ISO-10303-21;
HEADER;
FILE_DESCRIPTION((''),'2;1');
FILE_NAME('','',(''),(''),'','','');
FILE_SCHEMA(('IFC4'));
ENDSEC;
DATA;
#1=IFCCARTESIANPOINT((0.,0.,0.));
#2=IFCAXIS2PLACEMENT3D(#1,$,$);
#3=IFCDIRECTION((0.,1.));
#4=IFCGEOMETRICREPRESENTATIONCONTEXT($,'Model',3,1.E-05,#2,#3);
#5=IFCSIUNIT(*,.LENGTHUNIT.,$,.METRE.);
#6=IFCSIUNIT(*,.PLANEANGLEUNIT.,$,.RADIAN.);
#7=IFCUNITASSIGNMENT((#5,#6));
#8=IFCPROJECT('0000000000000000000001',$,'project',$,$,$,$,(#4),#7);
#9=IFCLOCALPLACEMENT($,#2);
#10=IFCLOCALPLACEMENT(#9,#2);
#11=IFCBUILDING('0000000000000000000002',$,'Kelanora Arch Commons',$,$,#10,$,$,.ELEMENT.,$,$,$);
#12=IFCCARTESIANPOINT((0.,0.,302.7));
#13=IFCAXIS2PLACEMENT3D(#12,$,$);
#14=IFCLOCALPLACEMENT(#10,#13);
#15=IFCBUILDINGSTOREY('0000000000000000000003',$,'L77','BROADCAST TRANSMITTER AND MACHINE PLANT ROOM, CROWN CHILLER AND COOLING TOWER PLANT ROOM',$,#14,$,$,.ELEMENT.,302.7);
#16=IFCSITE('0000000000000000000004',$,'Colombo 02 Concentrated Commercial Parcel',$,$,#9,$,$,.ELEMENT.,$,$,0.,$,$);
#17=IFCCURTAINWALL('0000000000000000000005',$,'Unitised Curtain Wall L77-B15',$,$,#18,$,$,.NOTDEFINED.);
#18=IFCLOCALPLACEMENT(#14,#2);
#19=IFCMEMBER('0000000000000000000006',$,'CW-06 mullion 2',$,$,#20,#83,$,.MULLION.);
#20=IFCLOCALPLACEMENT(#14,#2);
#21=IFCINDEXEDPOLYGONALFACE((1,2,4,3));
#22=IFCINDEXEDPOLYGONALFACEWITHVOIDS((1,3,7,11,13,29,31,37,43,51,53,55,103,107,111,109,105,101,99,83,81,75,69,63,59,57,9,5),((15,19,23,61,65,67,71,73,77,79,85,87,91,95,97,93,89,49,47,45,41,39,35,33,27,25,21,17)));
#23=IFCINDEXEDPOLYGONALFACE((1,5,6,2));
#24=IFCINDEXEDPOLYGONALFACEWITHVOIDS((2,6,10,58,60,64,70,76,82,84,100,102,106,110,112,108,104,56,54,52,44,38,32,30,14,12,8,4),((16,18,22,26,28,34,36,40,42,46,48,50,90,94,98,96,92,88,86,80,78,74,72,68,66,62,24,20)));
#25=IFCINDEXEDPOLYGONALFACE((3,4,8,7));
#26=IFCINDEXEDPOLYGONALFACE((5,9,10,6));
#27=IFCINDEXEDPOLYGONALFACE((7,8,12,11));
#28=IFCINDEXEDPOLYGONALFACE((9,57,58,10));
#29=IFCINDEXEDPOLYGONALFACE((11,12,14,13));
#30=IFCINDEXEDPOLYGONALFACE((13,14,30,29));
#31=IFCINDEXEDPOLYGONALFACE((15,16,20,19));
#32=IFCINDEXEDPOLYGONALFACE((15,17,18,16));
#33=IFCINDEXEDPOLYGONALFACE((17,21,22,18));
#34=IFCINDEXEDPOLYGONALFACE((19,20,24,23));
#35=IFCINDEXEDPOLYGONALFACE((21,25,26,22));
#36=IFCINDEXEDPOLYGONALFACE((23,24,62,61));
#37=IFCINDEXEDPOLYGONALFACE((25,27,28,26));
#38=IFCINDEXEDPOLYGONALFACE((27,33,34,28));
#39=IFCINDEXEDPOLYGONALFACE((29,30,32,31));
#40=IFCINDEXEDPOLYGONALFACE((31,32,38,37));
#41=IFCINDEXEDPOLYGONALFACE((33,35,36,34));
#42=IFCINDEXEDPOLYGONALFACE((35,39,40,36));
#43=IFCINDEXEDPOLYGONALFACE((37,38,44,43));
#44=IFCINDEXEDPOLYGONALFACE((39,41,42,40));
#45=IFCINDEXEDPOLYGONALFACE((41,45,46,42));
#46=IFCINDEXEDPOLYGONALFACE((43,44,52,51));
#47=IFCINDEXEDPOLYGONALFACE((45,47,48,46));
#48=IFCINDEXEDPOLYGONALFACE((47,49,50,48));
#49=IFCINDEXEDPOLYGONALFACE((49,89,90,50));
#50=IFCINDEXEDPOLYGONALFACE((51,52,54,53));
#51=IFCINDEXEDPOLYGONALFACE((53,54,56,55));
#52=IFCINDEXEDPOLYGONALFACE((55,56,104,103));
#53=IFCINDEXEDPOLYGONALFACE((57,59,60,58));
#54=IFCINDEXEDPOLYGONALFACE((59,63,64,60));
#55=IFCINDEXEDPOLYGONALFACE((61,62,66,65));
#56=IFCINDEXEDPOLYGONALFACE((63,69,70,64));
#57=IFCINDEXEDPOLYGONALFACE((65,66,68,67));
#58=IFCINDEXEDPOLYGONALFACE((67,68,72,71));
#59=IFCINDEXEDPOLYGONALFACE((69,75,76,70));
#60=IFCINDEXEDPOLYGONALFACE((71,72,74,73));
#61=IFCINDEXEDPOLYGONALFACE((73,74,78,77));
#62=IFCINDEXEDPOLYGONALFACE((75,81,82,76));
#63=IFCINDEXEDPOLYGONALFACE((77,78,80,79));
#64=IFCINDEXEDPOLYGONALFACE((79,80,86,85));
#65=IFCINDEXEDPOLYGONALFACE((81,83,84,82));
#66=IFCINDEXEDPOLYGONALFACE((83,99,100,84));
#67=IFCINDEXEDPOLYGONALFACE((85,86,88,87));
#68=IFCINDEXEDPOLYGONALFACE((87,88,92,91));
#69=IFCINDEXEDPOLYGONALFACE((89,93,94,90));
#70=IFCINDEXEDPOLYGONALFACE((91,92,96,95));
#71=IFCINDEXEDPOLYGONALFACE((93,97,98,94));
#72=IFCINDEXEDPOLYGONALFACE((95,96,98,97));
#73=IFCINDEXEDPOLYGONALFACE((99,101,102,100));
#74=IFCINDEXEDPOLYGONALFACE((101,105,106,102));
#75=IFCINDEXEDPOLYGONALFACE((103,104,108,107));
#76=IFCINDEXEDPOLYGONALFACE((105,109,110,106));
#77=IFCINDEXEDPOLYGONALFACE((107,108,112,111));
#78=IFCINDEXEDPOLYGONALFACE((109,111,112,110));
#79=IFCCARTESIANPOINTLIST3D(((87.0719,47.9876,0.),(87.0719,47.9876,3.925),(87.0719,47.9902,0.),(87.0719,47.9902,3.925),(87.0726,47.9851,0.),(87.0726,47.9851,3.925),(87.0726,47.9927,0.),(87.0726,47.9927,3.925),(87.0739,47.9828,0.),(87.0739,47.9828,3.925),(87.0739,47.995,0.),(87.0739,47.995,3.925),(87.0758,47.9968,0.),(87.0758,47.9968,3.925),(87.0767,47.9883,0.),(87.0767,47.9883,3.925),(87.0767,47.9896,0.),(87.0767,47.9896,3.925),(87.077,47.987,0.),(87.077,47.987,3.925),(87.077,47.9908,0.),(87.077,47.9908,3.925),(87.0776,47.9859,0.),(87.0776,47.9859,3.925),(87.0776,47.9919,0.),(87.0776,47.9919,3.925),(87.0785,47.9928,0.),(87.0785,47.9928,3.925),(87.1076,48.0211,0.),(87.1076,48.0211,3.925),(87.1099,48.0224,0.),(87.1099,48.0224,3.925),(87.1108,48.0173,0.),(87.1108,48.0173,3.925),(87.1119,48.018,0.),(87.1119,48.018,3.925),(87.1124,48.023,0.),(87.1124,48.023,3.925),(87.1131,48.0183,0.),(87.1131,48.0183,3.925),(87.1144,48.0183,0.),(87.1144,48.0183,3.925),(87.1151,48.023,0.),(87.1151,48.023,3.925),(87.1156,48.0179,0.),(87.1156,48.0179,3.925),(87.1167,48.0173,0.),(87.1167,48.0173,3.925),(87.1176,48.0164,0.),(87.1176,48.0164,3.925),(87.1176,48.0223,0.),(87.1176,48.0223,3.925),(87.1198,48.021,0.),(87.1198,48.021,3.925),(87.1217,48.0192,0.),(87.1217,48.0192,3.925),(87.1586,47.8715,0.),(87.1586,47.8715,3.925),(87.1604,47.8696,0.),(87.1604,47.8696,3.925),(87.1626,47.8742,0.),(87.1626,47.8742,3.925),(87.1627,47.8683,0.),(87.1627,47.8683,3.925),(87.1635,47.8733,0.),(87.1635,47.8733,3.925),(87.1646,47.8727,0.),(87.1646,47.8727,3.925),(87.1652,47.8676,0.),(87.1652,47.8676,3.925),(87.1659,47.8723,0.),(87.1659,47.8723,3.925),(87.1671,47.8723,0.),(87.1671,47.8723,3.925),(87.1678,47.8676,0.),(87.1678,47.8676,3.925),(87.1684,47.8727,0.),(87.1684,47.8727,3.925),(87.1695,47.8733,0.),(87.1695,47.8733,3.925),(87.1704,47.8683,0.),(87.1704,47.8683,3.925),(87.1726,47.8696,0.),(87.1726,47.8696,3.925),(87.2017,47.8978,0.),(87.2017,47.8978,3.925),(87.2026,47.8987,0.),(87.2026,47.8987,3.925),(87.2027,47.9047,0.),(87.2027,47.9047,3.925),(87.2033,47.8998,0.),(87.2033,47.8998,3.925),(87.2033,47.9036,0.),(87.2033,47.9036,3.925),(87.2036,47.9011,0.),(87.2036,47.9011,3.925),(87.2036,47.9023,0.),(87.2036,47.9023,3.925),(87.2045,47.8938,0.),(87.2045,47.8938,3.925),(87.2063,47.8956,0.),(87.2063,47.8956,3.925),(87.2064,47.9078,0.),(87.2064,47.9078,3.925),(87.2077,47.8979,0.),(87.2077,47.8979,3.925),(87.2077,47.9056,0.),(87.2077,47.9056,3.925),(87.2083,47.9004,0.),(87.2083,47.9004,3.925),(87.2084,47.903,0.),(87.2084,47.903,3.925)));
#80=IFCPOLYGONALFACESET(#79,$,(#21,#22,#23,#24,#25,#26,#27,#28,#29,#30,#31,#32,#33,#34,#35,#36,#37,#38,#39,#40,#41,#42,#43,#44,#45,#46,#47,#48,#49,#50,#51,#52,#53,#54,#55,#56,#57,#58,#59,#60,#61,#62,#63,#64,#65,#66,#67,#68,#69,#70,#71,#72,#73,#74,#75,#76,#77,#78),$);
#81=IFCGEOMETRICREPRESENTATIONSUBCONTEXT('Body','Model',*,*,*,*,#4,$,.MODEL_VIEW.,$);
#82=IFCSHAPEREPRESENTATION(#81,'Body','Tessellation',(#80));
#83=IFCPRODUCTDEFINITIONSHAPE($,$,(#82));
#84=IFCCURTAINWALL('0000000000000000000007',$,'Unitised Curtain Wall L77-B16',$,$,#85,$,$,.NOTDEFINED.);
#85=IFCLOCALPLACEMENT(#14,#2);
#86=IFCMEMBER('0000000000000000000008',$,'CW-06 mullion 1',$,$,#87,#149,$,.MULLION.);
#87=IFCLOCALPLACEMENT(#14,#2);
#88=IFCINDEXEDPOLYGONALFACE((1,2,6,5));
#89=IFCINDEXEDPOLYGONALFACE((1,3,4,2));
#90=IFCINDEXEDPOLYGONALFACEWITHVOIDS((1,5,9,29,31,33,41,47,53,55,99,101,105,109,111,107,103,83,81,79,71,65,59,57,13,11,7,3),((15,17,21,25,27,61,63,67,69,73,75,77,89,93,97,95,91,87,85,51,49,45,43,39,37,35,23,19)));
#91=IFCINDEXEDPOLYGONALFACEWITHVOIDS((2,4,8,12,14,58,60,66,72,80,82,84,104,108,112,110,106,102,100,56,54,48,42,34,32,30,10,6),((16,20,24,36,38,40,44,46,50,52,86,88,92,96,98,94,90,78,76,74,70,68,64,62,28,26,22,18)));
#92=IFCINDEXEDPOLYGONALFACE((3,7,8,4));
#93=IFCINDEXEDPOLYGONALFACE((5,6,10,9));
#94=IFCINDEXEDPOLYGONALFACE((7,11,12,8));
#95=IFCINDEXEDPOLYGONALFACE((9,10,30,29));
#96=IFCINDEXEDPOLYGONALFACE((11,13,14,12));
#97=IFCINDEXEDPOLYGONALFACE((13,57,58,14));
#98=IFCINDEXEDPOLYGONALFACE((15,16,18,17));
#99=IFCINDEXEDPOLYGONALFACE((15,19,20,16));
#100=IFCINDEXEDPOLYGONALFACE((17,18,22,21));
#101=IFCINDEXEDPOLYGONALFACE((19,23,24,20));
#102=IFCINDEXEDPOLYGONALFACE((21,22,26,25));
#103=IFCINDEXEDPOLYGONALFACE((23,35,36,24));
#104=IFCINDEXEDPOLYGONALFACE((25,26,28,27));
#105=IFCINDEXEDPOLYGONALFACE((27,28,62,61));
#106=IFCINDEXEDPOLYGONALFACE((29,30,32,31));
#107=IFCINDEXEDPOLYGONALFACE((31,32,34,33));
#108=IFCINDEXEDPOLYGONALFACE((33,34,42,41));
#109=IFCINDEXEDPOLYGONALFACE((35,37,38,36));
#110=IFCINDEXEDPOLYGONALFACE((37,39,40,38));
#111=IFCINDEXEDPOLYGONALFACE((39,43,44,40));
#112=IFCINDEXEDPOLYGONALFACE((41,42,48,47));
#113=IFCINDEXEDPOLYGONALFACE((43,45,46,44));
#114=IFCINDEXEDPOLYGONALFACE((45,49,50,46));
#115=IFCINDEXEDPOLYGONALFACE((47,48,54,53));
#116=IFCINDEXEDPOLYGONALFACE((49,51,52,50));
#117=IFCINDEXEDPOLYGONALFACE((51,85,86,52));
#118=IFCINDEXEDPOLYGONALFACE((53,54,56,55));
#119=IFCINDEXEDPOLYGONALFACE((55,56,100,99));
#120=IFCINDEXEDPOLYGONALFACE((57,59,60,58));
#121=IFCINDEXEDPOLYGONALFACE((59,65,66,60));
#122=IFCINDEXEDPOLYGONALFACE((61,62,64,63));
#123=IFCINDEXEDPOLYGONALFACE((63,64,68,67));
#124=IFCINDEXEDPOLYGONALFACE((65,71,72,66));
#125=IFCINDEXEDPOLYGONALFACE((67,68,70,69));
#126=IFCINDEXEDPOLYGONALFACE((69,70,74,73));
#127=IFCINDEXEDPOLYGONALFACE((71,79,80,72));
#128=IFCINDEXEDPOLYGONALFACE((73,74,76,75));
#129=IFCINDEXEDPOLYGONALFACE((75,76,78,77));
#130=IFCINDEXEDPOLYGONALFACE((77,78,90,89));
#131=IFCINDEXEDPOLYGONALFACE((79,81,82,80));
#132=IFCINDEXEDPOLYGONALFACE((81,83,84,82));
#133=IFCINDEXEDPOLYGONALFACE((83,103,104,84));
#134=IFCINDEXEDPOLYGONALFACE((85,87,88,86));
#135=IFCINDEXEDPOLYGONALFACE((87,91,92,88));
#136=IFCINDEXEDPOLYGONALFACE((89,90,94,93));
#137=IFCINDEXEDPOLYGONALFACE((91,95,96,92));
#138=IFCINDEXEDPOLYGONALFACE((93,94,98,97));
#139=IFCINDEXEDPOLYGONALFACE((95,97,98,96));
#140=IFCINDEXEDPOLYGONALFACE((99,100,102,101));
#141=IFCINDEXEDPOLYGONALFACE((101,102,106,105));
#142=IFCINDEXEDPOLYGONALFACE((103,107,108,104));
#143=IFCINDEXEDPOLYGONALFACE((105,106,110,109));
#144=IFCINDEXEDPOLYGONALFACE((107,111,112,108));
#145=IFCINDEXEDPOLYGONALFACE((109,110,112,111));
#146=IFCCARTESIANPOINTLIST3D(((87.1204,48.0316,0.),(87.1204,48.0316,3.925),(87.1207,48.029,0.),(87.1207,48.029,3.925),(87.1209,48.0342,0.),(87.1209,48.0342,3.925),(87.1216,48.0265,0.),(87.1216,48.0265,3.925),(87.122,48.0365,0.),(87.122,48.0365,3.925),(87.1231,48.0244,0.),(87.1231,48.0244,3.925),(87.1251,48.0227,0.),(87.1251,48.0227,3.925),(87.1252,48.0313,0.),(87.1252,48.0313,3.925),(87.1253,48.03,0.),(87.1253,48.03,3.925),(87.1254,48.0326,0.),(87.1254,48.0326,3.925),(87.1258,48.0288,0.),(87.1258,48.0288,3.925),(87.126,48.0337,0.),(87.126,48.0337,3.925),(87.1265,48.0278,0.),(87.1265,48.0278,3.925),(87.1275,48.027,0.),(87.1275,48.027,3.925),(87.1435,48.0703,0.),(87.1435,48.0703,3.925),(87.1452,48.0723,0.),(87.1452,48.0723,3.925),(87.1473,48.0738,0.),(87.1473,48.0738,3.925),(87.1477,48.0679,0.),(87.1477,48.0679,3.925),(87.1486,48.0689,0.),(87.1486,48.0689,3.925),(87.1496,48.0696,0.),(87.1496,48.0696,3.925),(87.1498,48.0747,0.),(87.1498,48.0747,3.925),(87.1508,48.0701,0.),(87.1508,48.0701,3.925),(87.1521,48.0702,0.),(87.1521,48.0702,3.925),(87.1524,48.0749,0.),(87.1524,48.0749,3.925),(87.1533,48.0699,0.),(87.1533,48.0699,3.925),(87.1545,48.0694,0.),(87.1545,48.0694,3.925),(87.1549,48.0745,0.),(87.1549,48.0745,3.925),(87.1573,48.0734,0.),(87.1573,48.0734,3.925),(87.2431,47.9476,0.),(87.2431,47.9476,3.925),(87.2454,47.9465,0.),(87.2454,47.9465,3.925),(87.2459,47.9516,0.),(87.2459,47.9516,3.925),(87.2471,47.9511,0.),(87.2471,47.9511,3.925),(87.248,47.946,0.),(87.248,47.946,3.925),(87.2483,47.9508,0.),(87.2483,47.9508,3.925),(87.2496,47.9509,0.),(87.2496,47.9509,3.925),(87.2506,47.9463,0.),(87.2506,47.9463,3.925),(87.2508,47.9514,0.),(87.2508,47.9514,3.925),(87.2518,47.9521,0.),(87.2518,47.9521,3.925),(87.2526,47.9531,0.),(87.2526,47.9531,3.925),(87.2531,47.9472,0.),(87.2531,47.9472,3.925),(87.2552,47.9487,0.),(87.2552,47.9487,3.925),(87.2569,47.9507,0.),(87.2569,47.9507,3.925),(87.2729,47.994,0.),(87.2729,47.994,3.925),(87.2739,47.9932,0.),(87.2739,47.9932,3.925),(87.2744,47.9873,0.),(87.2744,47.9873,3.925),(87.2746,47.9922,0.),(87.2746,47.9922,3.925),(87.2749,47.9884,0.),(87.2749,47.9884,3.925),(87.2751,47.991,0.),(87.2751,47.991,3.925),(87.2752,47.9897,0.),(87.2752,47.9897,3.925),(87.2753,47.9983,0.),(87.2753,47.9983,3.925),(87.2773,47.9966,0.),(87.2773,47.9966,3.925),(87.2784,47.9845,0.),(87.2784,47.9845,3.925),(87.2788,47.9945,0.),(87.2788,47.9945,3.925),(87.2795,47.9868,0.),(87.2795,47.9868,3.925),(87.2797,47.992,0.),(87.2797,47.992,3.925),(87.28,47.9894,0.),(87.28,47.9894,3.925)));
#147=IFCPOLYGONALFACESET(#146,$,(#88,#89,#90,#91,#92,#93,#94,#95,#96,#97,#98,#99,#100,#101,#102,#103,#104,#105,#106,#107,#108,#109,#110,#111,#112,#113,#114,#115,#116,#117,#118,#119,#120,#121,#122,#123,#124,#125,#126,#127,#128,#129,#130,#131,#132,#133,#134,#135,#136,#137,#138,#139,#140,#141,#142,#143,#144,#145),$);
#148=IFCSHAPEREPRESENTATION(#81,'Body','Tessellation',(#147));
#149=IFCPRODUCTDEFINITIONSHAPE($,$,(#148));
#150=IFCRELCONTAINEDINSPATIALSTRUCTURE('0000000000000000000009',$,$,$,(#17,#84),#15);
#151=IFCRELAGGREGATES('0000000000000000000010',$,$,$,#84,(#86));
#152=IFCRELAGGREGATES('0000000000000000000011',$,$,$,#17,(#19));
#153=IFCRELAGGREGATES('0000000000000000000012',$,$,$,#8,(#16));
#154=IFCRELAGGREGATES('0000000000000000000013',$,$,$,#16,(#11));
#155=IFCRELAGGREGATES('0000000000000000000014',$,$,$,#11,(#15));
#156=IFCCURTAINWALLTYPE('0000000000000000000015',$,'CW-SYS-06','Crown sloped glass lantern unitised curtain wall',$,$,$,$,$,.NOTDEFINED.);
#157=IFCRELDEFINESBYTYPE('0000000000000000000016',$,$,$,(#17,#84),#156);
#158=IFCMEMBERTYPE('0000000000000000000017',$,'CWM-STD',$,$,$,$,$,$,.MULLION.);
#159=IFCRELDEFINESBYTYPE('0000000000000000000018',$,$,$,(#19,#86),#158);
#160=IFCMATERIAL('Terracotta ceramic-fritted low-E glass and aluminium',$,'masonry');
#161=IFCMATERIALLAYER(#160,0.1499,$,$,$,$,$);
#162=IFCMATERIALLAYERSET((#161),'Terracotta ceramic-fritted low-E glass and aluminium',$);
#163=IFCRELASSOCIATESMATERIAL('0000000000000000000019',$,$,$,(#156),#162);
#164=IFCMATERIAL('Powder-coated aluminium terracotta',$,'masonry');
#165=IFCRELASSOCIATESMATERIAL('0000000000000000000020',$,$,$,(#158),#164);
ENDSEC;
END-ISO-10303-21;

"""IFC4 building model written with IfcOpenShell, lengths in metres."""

from ifc_helpers import new_model, si_unit, direction, frame, origin, origin_2d, place, context, subcontext, project, spatial, hollow_rectangle, extrude, material, layer, layer_set, material_profile, profile_set, type_object, element, aggregate, save


model = new_model("IFC4")

# Units and contexts
model_context = context("Model", 3, precision=1e-05, world=origin(), true_north=direction((0.0, 1.0)))
body_context = subcontext(model_context, "Body", "Model", "MODEL_VIEW")
ifc_project = project(units=[si_unit("LENGTHUNIT", "METRE"), si_unit("PLANEANGLEUNIT", "RADIAN")], contexts=[model_context])

# Site, building, storey
site_placement = place(None, origin())
site = spatial("IfcSite", under=ifc_project, at=site_placement, Name="Colombo 02 Concentrated Commercial Parcel", CompositionType="ELEMENT", RefElevation=0.0)
building_placement = place(site_placement, origin())
building = spatial("IfcBuilding", under=site, at=building_placement, Name="Kelanora Arch Commons", CompositionType="ELEMENT")
storey_placement = place(building_placement, frame((0.0, 0.0, 302.7)))
storey = spatial("IfcBuildingStorey", under=building, at=storey_placement, Name="L77", Description="BROADCAST TRANSMITTER AND MACHINE PLANT ROOM, CROWN CHILLER AND COOLING TOWER PLANT ROOM", CompositionType="ELEMENT", Elevation=302.7)

# Shared definitions
ifc_material_1 = material(Name="Terracotta ceramic-fritted low-E glass and aluminium", Category="masonry")
ifc_layer_1 = layer(ifc_material_1, 0.1499)
ifc_layer_set_1 = layer_set([ifc_layer_1], Name="Terracotta ceramic-fritted low-E glass and aluminium")
curtain_wall_type = type_object("IfcCurtainWallType", Name="CW-SYS-06", Description="Crown sloped glass lantern unitised curtain wall", PredefinedType="NOTDEFINED", material=ifc_layer_set_1)
ifc_material_2 = material(Name="Powder-coated aluminium terracotta", Category="masonry")
ifc_material_profile_1 = material_profile(ifc_material_2, hollow_rectangle(XDim=0.1599, YDim=0.0601, WallThickness=0.0049, InnerFilletRadius=0.0049, OuterFilletRadius=0.01, at=origin_2d()), Name="CWM160x60")
ifc_profile_set_1 = profile_set([ifc_material_profile_1], Name="Powder-coated aluminium terracotta")
member_type_1 = type_object("IfcMemberType", Name="CWM-STD", PredefinedType="MULLION", material=ifc_profile_set_1)

# Curtain wall, member
curtain_wall_1_placement = place(storey_placement, origin())
curtain_wall_1 = element("IfcCurtainWall", 1, at=curtain_wall_1_placement, inside=storey, type_object=curtain_wall_type, Name="Unitised Curtain Wall L77-B15", PredefinedType="NOTDEFINED")
member_1_placement = place(storey_placement, frame((87.1401, 47.9453, 0.0), z_axis=(0.0, 0.0, 1.0), x_axis=(-0.605596, 0.795772, 0.0)))
member_1 = element("IfcMember", 2, at=member_1_placement, type_object=member_type_1, Name="CW-06 mullion 2", PredefinedType="MULLION", context=body_context, shape_type="SweptSolid", body=[
    extrude(hollow_rectangle(XDim=0.1599, YDim=0.0601, WallThickness=0.0049, InnerFilletRadius=0.0049, OuterFilletRadius=0.01, at=origin_2d()), origin(), (0.0, 0.0, 1.0), 3.925),
])

# Curtain wall, member
curtain_wall_2_placement = place(storey_placement, origin())
curtain_wall_2 = element("IfcCurtainWall", 3, at=curtain_wall_2_placement, inside=storey, type_object=curtain_wall_type, Name="Unitised Curtain Wall L77-B16", PredefinedType="NOTDEFINED")
member_2_placement = place(storey_placement, frame((87.2002, 48.0105, 0.0), z_axis=(0.0, 0.0, 1.0), x_axis=(-0.843592, 0.536984, 0.0)))
member_2 = element("IfcMember", 4, at=member_2_placement, type_object=member_type_1, Name="CW-06 mullion 1", PredefinedType="MULLION", context=body_context, shape_type="SweptSolid", body=[
    extrude(hollow_rectangle(XDim=0.1599, YDim=0.0601, WallThickness=0.0049, InnerFilletRadius=0.0049, OuterFilletRadius=0.01, at=origin_2d()), origin(), (0.0, 0.0, 1.0), 3.925),
])

aggregate(curtain_wall_2, [member_2])

aggregate(curtain_wall_1, [member_1])

save(model, "model.ifc")
